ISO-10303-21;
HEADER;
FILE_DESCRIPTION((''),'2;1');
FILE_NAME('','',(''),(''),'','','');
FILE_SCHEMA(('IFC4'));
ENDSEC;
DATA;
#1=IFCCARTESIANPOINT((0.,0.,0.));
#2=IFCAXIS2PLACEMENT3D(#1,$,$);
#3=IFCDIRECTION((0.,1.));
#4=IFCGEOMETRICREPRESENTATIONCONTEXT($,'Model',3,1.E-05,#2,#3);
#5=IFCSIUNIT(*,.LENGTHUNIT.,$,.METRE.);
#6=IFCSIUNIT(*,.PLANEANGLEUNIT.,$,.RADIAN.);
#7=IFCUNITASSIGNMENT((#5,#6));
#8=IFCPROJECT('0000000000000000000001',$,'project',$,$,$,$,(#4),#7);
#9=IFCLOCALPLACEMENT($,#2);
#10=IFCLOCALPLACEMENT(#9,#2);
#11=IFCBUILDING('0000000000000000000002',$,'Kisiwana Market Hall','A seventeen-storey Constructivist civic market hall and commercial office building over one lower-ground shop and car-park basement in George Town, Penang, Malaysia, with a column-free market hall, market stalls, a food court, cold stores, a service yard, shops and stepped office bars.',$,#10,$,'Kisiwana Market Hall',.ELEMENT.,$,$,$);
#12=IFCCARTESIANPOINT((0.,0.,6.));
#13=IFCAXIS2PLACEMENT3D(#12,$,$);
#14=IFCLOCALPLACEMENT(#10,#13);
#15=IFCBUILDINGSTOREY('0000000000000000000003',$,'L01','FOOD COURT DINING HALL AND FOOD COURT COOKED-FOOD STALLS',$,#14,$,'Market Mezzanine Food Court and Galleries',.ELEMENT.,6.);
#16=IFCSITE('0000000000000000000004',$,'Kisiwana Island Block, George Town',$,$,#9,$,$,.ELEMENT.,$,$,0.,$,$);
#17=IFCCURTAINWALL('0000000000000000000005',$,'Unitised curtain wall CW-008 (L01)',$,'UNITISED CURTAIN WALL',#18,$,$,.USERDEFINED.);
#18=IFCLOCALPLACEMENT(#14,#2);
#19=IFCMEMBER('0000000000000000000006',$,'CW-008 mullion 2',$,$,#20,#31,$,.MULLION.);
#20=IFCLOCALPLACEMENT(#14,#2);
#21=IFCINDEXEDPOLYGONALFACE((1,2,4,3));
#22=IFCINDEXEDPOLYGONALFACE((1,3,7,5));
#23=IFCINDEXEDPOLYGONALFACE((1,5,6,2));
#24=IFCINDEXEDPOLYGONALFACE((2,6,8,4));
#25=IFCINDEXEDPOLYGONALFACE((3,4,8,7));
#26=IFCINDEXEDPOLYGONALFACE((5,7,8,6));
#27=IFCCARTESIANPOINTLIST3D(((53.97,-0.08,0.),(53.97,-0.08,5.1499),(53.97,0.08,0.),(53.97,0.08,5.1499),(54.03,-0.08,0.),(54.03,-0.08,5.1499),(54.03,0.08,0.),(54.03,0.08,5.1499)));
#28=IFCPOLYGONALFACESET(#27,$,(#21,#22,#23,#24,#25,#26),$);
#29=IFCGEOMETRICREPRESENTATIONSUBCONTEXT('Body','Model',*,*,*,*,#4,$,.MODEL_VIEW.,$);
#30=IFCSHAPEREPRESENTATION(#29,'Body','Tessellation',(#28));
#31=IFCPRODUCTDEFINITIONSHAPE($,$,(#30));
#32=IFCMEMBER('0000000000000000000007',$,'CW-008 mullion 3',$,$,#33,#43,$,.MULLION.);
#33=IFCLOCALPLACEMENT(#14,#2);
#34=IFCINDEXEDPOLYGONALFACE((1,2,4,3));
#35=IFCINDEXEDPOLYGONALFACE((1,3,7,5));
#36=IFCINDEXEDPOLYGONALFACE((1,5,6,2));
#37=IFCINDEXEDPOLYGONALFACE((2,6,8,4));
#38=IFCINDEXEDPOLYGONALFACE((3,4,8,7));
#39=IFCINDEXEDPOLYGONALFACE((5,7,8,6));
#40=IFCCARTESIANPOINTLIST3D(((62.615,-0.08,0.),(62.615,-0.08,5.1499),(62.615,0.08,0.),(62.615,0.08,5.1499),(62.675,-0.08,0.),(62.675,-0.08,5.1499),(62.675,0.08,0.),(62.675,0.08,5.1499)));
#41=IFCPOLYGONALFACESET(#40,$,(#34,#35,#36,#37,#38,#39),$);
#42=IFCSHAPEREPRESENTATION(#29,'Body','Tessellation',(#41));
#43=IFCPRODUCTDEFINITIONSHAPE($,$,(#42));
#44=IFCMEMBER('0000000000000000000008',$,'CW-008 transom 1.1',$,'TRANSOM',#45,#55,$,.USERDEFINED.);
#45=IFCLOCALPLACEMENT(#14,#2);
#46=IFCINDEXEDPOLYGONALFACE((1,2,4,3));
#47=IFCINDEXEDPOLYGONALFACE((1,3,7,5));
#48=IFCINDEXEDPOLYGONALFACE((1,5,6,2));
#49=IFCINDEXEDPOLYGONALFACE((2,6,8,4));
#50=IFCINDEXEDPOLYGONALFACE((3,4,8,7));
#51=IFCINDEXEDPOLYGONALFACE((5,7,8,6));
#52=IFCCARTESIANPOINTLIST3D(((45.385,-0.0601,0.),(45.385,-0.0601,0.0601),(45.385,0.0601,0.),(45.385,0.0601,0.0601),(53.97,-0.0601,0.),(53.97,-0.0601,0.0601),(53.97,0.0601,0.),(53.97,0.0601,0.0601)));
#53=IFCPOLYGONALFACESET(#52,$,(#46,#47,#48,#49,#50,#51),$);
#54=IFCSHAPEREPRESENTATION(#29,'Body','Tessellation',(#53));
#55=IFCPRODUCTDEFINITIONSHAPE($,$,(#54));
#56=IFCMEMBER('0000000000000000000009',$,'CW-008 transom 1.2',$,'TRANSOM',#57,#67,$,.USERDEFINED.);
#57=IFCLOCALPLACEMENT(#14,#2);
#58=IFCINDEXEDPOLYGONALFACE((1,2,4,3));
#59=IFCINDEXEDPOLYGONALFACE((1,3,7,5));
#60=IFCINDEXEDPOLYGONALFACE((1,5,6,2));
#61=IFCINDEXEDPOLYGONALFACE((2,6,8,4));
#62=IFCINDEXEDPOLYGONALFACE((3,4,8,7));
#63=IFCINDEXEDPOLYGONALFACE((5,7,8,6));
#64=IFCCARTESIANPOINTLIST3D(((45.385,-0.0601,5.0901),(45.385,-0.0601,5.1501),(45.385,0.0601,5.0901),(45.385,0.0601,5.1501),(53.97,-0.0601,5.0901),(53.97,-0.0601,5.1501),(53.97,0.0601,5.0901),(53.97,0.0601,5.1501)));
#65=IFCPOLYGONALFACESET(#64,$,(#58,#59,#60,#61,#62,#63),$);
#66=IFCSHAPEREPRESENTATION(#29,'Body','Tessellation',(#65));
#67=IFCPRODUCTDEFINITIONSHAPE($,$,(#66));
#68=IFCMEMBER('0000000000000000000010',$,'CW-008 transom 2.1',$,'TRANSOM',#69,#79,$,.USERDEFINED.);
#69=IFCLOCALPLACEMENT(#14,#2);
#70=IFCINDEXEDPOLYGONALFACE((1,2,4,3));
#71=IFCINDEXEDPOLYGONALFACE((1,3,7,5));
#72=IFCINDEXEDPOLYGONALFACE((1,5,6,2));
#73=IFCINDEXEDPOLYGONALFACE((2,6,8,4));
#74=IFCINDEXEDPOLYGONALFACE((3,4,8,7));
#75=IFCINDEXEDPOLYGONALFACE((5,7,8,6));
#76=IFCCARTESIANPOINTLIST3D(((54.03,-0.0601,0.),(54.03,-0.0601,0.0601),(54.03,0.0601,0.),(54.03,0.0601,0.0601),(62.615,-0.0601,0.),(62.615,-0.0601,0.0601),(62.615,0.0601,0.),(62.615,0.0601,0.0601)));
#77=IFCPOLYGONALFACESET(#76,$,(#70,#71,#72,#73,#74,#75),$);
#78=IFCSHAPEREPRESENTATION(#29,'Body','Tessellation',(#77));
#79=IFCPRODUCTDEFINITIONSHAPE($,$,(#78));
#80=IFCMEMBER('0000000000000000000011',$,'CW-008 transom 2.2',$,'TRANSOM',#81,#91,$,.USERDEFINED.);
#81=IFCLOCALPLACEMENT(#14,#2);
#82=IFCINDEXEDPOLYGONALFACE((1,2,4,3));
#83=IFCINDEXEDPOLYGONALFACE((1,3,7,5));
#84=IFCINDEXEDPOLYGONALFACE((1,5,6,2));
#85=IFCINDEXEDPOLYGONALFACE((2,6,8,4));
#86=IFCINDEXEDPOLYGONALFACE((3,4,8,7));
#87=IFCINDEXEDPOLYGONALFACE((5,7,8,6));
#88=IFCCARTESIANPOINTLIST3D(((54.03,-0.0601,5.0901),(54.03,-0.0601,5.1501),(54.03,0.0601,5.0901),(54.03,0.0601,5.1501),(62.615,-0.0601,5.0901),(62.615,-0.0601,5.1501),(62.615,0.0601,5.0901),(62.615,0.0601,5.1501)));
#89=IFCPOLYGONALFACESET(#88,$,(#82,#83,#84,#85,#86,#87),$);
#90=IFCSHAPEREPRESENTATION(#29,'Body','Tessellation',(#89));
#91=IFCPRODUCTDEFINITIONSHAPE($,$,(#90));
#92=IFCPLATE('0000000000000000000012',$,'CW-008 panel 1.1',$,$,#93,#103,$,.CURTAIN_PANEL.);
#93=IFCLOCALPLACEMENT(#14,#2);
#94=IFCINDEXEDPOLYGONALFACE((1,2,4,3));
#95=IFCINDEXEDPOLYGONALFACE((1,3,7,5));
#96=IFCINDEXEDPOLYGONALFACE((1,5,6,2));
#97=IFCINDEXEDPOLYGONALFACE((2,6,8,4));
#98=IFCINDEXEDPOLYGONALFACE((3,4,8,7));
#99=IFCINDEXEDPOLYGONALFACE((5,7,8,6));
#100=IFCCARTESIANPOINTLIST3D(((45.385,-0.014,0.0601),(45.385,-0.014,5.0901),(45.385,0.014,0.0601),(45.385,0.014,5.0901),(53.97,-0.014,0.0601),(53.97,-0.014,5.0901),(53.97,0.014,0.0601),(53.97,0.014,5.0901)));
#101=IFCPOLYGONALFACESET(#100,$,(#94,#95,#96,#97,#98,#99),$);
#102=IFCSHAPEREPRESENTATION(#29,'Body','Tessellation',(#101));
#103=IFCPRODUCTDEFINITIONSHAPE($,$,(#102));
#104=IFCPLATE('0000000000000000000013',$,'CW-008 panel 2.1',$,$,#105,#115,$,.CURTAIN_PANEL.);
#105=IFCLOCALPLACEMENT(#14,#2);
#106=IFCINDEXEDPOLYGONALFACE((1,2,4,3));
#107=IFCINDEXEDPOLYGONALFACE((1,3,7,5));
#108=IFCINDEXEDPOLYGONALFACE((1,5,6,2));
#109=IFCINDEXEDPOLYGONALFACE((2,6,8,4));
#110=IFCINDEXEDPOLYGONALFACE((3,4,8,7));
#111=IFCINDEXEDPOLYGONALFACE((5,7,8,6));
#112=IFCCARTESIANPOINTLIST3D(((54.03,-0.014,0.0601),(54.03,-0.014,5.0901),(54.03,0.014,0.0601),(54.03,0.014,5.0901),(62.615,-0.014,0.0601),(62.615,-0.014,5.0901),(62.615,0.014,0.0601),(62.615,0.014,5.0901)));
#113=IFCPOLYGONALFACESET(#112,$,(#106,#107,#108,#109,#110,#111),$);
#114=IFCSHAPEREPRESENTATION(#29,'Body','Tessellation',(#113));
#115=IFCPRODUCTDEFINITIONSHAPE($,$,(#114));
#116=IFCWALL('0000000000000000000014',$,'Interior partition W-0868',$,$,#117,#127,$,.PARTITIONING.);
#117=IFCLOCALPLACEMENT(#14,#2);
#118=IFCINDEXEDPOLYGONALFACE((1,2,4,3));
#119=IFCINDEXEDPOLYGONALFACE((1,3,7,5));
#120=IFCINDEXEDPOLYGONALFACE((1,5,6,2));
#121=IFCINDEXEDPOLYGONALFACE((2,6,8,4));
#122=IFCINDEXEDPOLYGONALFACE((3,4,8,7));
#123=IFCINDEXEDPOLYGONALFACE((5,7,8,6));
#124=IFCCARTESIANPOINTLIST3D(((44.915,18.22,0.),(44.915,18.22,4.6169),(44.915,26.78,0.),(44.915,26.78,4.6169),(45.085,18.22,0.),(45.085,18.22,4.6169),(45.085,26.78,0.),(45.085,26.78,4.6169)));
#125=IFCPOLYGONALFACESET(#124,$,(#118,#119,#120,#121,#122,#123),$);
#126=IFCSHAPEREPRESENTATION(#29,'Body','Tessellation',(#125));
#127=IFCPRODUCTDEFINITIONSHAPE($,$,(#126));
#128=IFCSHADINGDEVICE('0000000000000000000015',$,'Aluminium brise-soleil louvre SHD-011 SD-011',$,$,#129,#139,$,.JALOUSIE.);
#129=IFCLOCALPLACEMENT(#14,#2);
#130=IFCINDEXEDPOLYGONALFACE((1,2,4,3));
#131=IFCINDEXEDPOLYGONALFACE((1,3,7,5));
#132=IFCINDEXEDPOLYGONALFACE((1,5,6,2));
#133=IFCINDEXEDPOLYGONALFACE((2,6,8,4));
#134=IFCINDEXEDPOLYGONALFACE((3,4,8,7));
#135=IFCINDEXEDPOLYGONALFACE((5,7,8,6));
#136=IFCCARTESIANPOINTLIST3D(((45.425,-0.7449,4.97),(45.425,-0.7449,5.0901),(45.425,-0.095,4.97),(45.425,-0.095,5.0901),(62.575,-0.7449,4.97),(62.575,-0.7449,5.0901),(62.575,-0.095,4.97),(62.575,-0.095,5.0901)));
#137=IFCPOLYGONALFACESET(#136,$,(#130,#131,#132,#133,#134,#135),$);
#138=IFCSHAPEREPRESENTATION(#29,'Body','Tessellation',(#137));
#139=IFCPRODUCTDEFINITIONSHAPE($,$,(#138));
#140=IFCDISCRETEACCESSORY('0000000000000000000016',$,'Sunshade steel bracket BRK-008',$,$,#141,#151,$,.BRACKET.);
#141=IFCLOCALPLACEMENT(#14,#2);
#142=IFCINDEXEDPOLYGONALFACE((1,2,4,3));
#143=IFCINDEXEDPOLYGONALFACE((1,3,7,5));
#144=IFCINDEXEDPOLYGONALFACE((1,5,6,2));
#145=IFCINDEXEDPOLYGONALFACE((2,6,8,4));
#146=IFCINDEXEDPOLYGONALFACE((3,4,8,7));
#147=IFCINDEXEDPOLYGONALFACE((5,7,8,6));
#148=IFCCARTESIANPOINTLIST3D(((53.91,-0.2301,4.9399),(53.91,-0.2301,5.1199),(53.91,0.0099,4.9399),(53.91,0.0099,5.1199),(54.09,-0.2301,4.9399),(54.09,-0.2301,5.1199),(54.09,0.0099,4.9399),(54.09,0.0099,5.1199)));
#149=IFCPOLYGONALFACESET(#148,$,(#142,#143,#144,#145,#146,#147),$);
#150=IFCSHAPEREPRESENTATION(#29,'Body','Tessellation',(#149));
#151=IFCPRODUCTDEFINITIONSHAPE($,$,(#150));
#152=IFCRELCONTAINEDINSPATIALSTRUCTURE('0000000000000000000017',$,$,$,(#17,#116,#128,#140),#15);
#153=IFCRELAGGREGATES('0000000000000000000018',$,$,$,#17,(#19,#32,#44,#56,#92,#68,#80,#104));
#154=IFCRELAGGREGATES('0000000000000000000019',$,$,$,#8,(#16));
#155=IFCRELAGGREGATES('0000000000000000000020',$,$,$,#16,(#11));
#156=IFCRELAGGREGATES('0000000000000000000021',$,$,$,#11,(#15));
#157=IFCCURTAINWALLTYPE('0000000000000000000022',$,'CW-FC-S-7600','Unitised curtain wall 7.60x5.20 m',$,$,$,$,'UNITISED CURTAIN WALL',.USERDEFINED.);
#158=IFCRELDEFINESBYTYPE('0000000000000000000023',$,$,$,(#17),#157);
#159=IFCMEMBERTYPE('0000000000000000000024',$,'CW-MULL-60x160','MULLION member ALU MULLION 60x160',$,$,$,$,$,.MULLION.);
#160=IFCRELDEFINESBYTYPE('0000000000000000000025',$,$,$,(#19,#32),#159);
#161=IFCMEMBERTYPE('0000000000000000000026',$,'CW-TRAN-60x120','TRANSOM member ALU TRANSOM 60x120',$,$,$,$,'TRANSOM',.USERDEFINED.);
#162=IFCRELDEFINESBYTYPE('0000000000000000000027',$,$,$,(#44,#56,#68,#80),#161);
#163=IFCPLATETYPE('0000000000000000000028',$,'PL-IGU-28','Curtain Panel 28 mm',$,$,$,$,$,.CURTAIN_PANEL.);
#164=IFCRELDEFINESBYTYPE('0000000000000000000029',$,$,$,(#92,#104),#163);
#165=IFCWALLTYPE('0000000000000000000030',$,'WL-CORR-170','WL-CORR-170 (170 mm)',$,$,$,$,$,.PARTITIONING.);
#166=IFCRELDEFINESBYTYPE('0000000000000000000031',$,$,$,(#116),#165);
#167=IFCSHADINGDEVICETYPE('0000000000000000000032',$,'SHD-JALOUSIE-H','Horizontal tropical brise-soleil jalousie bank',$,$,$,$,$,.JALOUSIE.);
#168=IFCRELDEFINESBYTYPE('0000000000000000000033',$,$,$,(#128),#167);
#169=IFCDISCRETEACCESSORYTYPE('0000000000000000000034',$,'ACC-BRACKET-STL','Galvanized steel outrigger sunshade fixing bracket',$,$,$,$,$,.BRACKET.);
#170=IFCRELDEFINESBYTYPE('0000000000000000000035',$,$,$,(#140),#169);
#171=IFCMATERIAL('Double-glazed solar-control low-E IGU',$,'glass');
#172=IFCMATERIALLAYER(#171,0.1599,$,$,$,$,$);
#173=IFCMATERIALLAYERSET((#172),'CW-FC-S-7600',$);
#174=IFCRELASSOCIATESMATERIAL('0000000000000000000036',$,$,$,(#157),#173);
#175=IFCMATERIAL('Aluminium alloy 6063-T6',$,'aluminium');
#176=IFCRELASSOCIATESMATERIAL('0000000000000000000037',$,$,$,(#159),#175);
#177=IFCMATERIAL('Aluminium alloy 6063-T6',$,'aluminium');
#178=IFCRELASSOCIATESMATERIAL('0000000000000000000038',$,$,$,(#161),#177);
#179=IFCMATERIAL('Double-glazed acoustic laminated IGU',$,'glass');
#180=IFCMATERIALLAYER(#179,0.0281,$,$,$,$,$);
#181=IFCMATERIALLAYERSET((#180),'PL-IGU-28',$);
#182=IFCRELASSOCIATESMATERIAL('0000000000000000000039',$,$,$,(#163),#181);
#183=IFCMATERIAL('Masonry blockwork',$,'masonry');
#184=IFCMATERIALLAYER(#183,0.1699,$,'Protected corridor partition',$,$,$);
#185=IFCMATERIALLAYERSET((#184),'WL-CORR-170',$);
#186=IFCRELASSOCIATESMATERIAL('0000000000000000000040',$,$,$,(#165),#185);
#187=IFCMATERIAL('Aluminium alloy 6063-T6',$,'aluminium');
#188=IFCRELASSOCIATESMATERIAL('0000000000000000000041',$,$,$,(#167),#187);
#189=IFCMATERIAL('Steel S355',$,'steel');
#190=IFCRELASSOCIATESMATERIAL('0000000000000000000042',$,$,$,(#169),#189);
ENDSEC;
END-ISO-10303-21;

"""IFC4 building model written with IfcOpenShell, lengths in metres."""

from ifc_helpers import new_model, si_unit, direction, frame, frame_2d, origin, origin_2d, place, context, subcontext, project, spatial, rectangle, extrude, material, layer, layer_set, material_profile, profile_set, type_object, element, aggregate, save


model = new_model("IFC4")

# Units and contexts
model_context = context("Model", 3, precision=1e-05, world=origin(), true_north=direction((0.0, 1.0)))
body_context = subcontext(model_context, "Body", "Model", "MODEL_VIEW")
ifc_project = project(units=[si_unit("LENGTHUNIT", "METRE"), si_unit("PLANEANGLEUNIT", "RADIAN")], contexts=[model_context])

# Site, building, storey
site_placement = place(None, origin())
site = spatial("IfcSite", under=ifc_project, at=site_placement, Name="Kisiwana Island Block, George Town", CompositionType="ELEMENT", RefElevation=0.0)
building_placement = place(site_placement, origin())
building = spatial("IfcBuilding", under=site, at=building_placement, Name="Kisiwana Market Hall", Description="A seventeen-storey Constructivist civic market hall and commercial office building over one lower-ground shop and car-park basement in George Town, Penang, Malaysia, with a column-free market hall, market stalls, a food court, cold stores, a service yard, shops and stepped office bars.", LongName="Kisiwana Market Hall", CompositionType="ELEMENT")
storey_placement = place(building_placement, frame((0.0, 0.0, 6.0)))
storey = spatial("IfcBuildingStorey", under=building, at=storey_placement, Name="L01", Description="FOOD COURT DINING HALL AND FOOD COURT COOKED-FOOD STALLS", LongName="Market Mezzanine Food Court and Galleries", CompositionType="ELEMENT", Elevation=6.0)

# Curtain wall, members, plates
ifc_material_1 = material(Name="Double-glazed solar-control low-E IGU", Category="glass")
ifc_layer_1 = layer(ifc_material_1, 0.1599)
ifc_layer_set_1 = layer_set([ifc_layer_1], Name="CW-FC-S-7600")
curtain_wall_type = type_object("IfcCurtainWallType", Name="CW-FC-S-7600", Description="Unitised curtain wall 7.60x5.20 m", ElementType="UNITISED CURTAIN WALL", PredefinedType="USERDEFINED", material=ifc_layer_set_1)
curtain_wall_placement = place(storey_placement, origin())
curtain_wall = element("IfcCurtainWall", 1, at=curtain_wall_placement, inside=storey, type_object=curtain_wall_type, Name="Unitised curtain wall CW-008 (L01)", ObjectType="UNITISED CURTAIN WALL", PredefinedType="USERDEFINED")
ifc_material_2 = material(Name="Aluminium alloy 6063-T6", Category="aluminium")
ifc_material_profile_1 = material_profile(ifc_material_2, rectangle(XDim=0.0601, YDim=0.1599, at=origin_2d()), Name="ALU MULLION 60x160")
ifc_profile_set_1 = profile_set([ifc_material_profile_1], Name="Aluminium alloy 6063-T6")
member_type_1 = type_object("IfcMemberType", Name="CW-MULL-60x160", Description="MULLION member ALU MULLION 60x160", PredefinedType="MULLION", material=ifc_profile_set_1)
member_1_placement = place(storey_placement, frame((54.0, 0.0, 0.0), z_axis=(0.0, 0.0, 1.0), x_axis=(1.0, 0.0, 0.0)))
member_1 = element("IfcMember", 2, at=member_1_placement, type_object=member_type_1, Name="CW-008 mullion 2", PredefinedType="MULLION", context=body_context, shape_type="SweptSolid", body=[
    extrude(rectangle(XDim=0.0601, YDim=0.1599, at=origin_2d()), origin(), (0.0, 0.0, 1.0), 5.1499),
])
member_2_placement = place(storey_placement, frame((62.645, 0.0, 0.0), z_axis=(0.0, 0.0, 1.0), x_axis=(1.0, 0.0, 0.0)))
member_2 = element("IfcMember", 3, at=member_2_placement, type_object=member_type_1, Name="CW-008 mullion 3", PredefinedType="MULLION", context=body_context, shape_type="SweptSolid", body=[
    extrude(rectangle(XDim=0.0601, YDim=0.1599, at=origin_2d()), origin(), (0.0, 0.0, 1.0), 5.1499),
])
ifc_material_3 = material(Name="Aluminium alloy 6063-T6", Category="aluminium")
ifc_material_profile_2 = material_profile(ifc_material_3, rectangle(XDim=0.1201, YDim=0.0601, at=origin_2d()), Name="ALU TRANSOM 60x120")
ifc_profile_set_2 = profile_set([ifc_material_profile_2], Name="Aluminium alloy 6063-T6")
member_type_2 = type_object("IfcMemberType", Name="CW-TRAN-60x120", Description="TRANSOM member ALU TRANSOM 60x120", ElementType="TRANSOM", PredefinedType="USERDEFINED", material=ifc_profile_set_2)
member_3_placement = place(storey_placement, frame((45.385, 0.0, 0.03), z_axis=(1.0, 0.0, 0.0), x_axis=(0.0, 1.0, 0.0)))
member_3 = element("IfcMember", 4, at=member_3_placement, type_object=member_type_2, Name="CW-008 transom 1.1", ObjectType="TRANSOM", PredefinedType="USERDEFINED", context=body_context, shape_type="SweptSolid", body=[
    extrude(rectangle(XDim=0.1201, YDim=0.0601, at=origin_2d()), origin(), (0.0, 0.0, 1.0), 8.585),
])
member_4_placement = place(storey_placement, frame((45.385, 0.0, 5.1201), z_axis=(1.0, 0.0, 0.0), x_axis=(0.0, 1.0, 0.0)))
member_4 = element("IfcMember", 5, at=member_4_placement, type_object=member_type_2, Name="CW-008 transom 1.2", ObjectType="TRANSOM", PredefinedType="USERDEFINED", context=body_context, shape_type="SweptSolid", body=[
    extrude(rectangle(XDim=0.1201, YDim=0.0601, at=origin_2d()), origin(), (0.0, 0.0, 1.0), 8.585),
])
member_5_placement = place(storey_placement, frame((54.03, 0.0, 0.03), z_axis=(1.0, 0.0, 0.0), x_axis=(0.0, 1.0, 0.0)))
member_5 = element("IfcMember", 6, at=member_5_placement, type_object=member_type_2, Name="CW-008 transom 2.1", ObjectType="TRANSOM", PredefinedType="USERDEFINED", context=body_context, shape_type="SweptSolid", body=[
    extrude(rectangle(XDim=0.1201, YDim=0.0601, at=origin_2d()), origin(), (0.0, 0.0, 1.0), 8.585),
])
member_6_placement = place(storey_placement, frame((54.03, 0.0, 5.1201), z_axis=(1.0, 0.0, 0.0), x_axis=(0.0, 1.0, 0.0)))
member_6 = element("IfcMember", 7, at=member_6_placement, type_object=member_type_2, Name="CW-008 transom 2.2", ObjectType="TRANSOM", PredefinedType="USERDEFINED", context=body_context, shape_type="SweptSolid", body=[
    extrude(rectangle(XDim=0.1201, YDim=0.0601, at=origin_2d()), origin(), (0.0, 0.0, 1.0), 8.585),
])
ifc_material_4 = material(Name="Double-glazed acoustic laminated IGU", Category="glass")
ifc_layer_2 = layer(ifc_material_4, 0.0281)
ifc_layer_set_2 = layer_set([ifc_layer_2], Name="PL-IGU-28")
plate_type = type_object("IfcPlateType", Name="PL-IGU-28", Description="Curtain Panel 28 mm", PredefinedType="CURTAIN_PANEL", material=ifc_layer_set_2)
plate_1_placement = place(storey_placement, frame((49.6775, 0.0, 0.0601), z_axis=(0.0, 0.0, 1.0), x_axis=(1.0, 0.0, 0.0)))
plate_1 = element("IfcPlate", 8, at=plate_1_placement, type_object=plate_type, Name="CW-008 panel 1.1", PredefinedType="CURTAIN_PANEL", context=body_context, shape_type="SweptSolid", body=[
    extrude(rectangle(XDim=8.585, YDim=0.0281, at=origin_2d()), origin(), (0.0, 0.0, 1.0), 5.03),
])
plate_2_placement = place(storey_placement, frame((58.3225, 0.0, 0.0601), z_axis=(0.0, 0.0, 1.0), x_axis=(1.0, 0.0, 0.0)))
plate_2 = element("IfcPlate", 9, at=plate_2_placement, type_object=plate_type, Name="CW-008 panel 2.1", PredefinedType="CURTAIN_PANEL", context=body_context, shape_type="SweptSolid", body=[
    extrude(rectangle(XDim=8.585, YDim=0.0281, at=origin_2d()), origin(), (0.0, 0.0, 1.0), 5.03),
])
aggregate(curtain_wall, [member_1, member_2, member_3, member_4, plate_1, member_5, member_6, plate_2])

# Wall
ifc_material_5 = material(Name="Masonry blockwork", Category="masonry")
ifc_layer_3 = layer(ifc_material_5, 0.1699, Name="Protected corridor partition")
ifc_layer_set_3 = layer_set([ifc_layer_3], Name="WL-CORR-170")
wall_type = type_object("IfcWallType", Name="WL-CORR-170", Description="WL-CORR-170 (170 mm)", PredefinedType="PARTITIONING", material=ifc_layer_set_3)
wall_placement = place(storey_placement, frame((45.0, 18.22, 0.0), z_axis=(0.0, 0.0, 1.0), x_axis=(0.0, 1.0, 0.0)))
element("IfcWall", 10, at=wall_placement, inside=storey, type_object=wall_type, Name="Interior partition W-0868", PredefinedType="PARTITIONING", context=body_context, shape_type="SweptSolid", body=[
    extrude(rectangle(XDim=8.5601, YDim=0.1699, at=frame_2d((4.28, 0.0))), origin(), (0.0, 0.0, 1.0), 4.6169),
])

# Shading device
ifc_material_6 = material(Name="Aluminium alloy 6063-T6", Category="aluminium")
shading_device_type = type_object("IfcShadingDeviceType", Name="SHD-JALOUSIE-H", Description="Horizontal tropical brise-soleil jalousie bank", PredefinedType="JALOUSIE", material=ifc_material_6)
shading_device_placement = place(storey_placement, frame((54.0, -0.4199, 4.97), z_axis=(0.0, 0.0, 1.0), x_axis=(1.0, 0.0, 0.0)))
element("IfcShadingDevice", 11, at=shading_device_placement, inside=storey, type_object=shading_device_type, Name="Aluminium brise-soleil louvre SHD-011 SD-011", PredefinedType="JALOUSIE", context=body_context, shape_type="SweptSolid", body=[
    extrude(rectangle(XDim=17.1499, YDim=0.6499, at=origin_2d()), origin(), (0.0, 0.0, 1.0), 0.1201),
])

# Discrete accessory
ifc_material_7 = material(Name="Steel S355", Category="steel")
discrete_accessory_type = type_object("IfcDiscreteAccessoryType", Name="ACC-BRACKET-STL", Description="Galvanized steel outrigger sunshade fixing bracket", PredefinedType="BRACKET", material=ifc_material_7)
discrete_accessory_placement = place(storey_placement, frame((54.0, -0.1101, 4.9399), z_axis=(0.0, 0.0, 1.0), x_axis=(1.0, 0.0, 0.0)))
element("IfcDiscreteAccessory", 12, at=discrete_accessory_placement, inside=storey, type_object=discrete_accessory_type, Name="Sunshade steel bracket BRK-008", PredefinedType="BRACKET", context=body_context, shape_type="SweptSolid", body=[
    extrude(rectangle(XDim=0.1799, YDim=0.24, at=origin_2d()), origin(), (0.0, 0.0, 1.0), 0.1799),
])

save(model, "model.ifc")
